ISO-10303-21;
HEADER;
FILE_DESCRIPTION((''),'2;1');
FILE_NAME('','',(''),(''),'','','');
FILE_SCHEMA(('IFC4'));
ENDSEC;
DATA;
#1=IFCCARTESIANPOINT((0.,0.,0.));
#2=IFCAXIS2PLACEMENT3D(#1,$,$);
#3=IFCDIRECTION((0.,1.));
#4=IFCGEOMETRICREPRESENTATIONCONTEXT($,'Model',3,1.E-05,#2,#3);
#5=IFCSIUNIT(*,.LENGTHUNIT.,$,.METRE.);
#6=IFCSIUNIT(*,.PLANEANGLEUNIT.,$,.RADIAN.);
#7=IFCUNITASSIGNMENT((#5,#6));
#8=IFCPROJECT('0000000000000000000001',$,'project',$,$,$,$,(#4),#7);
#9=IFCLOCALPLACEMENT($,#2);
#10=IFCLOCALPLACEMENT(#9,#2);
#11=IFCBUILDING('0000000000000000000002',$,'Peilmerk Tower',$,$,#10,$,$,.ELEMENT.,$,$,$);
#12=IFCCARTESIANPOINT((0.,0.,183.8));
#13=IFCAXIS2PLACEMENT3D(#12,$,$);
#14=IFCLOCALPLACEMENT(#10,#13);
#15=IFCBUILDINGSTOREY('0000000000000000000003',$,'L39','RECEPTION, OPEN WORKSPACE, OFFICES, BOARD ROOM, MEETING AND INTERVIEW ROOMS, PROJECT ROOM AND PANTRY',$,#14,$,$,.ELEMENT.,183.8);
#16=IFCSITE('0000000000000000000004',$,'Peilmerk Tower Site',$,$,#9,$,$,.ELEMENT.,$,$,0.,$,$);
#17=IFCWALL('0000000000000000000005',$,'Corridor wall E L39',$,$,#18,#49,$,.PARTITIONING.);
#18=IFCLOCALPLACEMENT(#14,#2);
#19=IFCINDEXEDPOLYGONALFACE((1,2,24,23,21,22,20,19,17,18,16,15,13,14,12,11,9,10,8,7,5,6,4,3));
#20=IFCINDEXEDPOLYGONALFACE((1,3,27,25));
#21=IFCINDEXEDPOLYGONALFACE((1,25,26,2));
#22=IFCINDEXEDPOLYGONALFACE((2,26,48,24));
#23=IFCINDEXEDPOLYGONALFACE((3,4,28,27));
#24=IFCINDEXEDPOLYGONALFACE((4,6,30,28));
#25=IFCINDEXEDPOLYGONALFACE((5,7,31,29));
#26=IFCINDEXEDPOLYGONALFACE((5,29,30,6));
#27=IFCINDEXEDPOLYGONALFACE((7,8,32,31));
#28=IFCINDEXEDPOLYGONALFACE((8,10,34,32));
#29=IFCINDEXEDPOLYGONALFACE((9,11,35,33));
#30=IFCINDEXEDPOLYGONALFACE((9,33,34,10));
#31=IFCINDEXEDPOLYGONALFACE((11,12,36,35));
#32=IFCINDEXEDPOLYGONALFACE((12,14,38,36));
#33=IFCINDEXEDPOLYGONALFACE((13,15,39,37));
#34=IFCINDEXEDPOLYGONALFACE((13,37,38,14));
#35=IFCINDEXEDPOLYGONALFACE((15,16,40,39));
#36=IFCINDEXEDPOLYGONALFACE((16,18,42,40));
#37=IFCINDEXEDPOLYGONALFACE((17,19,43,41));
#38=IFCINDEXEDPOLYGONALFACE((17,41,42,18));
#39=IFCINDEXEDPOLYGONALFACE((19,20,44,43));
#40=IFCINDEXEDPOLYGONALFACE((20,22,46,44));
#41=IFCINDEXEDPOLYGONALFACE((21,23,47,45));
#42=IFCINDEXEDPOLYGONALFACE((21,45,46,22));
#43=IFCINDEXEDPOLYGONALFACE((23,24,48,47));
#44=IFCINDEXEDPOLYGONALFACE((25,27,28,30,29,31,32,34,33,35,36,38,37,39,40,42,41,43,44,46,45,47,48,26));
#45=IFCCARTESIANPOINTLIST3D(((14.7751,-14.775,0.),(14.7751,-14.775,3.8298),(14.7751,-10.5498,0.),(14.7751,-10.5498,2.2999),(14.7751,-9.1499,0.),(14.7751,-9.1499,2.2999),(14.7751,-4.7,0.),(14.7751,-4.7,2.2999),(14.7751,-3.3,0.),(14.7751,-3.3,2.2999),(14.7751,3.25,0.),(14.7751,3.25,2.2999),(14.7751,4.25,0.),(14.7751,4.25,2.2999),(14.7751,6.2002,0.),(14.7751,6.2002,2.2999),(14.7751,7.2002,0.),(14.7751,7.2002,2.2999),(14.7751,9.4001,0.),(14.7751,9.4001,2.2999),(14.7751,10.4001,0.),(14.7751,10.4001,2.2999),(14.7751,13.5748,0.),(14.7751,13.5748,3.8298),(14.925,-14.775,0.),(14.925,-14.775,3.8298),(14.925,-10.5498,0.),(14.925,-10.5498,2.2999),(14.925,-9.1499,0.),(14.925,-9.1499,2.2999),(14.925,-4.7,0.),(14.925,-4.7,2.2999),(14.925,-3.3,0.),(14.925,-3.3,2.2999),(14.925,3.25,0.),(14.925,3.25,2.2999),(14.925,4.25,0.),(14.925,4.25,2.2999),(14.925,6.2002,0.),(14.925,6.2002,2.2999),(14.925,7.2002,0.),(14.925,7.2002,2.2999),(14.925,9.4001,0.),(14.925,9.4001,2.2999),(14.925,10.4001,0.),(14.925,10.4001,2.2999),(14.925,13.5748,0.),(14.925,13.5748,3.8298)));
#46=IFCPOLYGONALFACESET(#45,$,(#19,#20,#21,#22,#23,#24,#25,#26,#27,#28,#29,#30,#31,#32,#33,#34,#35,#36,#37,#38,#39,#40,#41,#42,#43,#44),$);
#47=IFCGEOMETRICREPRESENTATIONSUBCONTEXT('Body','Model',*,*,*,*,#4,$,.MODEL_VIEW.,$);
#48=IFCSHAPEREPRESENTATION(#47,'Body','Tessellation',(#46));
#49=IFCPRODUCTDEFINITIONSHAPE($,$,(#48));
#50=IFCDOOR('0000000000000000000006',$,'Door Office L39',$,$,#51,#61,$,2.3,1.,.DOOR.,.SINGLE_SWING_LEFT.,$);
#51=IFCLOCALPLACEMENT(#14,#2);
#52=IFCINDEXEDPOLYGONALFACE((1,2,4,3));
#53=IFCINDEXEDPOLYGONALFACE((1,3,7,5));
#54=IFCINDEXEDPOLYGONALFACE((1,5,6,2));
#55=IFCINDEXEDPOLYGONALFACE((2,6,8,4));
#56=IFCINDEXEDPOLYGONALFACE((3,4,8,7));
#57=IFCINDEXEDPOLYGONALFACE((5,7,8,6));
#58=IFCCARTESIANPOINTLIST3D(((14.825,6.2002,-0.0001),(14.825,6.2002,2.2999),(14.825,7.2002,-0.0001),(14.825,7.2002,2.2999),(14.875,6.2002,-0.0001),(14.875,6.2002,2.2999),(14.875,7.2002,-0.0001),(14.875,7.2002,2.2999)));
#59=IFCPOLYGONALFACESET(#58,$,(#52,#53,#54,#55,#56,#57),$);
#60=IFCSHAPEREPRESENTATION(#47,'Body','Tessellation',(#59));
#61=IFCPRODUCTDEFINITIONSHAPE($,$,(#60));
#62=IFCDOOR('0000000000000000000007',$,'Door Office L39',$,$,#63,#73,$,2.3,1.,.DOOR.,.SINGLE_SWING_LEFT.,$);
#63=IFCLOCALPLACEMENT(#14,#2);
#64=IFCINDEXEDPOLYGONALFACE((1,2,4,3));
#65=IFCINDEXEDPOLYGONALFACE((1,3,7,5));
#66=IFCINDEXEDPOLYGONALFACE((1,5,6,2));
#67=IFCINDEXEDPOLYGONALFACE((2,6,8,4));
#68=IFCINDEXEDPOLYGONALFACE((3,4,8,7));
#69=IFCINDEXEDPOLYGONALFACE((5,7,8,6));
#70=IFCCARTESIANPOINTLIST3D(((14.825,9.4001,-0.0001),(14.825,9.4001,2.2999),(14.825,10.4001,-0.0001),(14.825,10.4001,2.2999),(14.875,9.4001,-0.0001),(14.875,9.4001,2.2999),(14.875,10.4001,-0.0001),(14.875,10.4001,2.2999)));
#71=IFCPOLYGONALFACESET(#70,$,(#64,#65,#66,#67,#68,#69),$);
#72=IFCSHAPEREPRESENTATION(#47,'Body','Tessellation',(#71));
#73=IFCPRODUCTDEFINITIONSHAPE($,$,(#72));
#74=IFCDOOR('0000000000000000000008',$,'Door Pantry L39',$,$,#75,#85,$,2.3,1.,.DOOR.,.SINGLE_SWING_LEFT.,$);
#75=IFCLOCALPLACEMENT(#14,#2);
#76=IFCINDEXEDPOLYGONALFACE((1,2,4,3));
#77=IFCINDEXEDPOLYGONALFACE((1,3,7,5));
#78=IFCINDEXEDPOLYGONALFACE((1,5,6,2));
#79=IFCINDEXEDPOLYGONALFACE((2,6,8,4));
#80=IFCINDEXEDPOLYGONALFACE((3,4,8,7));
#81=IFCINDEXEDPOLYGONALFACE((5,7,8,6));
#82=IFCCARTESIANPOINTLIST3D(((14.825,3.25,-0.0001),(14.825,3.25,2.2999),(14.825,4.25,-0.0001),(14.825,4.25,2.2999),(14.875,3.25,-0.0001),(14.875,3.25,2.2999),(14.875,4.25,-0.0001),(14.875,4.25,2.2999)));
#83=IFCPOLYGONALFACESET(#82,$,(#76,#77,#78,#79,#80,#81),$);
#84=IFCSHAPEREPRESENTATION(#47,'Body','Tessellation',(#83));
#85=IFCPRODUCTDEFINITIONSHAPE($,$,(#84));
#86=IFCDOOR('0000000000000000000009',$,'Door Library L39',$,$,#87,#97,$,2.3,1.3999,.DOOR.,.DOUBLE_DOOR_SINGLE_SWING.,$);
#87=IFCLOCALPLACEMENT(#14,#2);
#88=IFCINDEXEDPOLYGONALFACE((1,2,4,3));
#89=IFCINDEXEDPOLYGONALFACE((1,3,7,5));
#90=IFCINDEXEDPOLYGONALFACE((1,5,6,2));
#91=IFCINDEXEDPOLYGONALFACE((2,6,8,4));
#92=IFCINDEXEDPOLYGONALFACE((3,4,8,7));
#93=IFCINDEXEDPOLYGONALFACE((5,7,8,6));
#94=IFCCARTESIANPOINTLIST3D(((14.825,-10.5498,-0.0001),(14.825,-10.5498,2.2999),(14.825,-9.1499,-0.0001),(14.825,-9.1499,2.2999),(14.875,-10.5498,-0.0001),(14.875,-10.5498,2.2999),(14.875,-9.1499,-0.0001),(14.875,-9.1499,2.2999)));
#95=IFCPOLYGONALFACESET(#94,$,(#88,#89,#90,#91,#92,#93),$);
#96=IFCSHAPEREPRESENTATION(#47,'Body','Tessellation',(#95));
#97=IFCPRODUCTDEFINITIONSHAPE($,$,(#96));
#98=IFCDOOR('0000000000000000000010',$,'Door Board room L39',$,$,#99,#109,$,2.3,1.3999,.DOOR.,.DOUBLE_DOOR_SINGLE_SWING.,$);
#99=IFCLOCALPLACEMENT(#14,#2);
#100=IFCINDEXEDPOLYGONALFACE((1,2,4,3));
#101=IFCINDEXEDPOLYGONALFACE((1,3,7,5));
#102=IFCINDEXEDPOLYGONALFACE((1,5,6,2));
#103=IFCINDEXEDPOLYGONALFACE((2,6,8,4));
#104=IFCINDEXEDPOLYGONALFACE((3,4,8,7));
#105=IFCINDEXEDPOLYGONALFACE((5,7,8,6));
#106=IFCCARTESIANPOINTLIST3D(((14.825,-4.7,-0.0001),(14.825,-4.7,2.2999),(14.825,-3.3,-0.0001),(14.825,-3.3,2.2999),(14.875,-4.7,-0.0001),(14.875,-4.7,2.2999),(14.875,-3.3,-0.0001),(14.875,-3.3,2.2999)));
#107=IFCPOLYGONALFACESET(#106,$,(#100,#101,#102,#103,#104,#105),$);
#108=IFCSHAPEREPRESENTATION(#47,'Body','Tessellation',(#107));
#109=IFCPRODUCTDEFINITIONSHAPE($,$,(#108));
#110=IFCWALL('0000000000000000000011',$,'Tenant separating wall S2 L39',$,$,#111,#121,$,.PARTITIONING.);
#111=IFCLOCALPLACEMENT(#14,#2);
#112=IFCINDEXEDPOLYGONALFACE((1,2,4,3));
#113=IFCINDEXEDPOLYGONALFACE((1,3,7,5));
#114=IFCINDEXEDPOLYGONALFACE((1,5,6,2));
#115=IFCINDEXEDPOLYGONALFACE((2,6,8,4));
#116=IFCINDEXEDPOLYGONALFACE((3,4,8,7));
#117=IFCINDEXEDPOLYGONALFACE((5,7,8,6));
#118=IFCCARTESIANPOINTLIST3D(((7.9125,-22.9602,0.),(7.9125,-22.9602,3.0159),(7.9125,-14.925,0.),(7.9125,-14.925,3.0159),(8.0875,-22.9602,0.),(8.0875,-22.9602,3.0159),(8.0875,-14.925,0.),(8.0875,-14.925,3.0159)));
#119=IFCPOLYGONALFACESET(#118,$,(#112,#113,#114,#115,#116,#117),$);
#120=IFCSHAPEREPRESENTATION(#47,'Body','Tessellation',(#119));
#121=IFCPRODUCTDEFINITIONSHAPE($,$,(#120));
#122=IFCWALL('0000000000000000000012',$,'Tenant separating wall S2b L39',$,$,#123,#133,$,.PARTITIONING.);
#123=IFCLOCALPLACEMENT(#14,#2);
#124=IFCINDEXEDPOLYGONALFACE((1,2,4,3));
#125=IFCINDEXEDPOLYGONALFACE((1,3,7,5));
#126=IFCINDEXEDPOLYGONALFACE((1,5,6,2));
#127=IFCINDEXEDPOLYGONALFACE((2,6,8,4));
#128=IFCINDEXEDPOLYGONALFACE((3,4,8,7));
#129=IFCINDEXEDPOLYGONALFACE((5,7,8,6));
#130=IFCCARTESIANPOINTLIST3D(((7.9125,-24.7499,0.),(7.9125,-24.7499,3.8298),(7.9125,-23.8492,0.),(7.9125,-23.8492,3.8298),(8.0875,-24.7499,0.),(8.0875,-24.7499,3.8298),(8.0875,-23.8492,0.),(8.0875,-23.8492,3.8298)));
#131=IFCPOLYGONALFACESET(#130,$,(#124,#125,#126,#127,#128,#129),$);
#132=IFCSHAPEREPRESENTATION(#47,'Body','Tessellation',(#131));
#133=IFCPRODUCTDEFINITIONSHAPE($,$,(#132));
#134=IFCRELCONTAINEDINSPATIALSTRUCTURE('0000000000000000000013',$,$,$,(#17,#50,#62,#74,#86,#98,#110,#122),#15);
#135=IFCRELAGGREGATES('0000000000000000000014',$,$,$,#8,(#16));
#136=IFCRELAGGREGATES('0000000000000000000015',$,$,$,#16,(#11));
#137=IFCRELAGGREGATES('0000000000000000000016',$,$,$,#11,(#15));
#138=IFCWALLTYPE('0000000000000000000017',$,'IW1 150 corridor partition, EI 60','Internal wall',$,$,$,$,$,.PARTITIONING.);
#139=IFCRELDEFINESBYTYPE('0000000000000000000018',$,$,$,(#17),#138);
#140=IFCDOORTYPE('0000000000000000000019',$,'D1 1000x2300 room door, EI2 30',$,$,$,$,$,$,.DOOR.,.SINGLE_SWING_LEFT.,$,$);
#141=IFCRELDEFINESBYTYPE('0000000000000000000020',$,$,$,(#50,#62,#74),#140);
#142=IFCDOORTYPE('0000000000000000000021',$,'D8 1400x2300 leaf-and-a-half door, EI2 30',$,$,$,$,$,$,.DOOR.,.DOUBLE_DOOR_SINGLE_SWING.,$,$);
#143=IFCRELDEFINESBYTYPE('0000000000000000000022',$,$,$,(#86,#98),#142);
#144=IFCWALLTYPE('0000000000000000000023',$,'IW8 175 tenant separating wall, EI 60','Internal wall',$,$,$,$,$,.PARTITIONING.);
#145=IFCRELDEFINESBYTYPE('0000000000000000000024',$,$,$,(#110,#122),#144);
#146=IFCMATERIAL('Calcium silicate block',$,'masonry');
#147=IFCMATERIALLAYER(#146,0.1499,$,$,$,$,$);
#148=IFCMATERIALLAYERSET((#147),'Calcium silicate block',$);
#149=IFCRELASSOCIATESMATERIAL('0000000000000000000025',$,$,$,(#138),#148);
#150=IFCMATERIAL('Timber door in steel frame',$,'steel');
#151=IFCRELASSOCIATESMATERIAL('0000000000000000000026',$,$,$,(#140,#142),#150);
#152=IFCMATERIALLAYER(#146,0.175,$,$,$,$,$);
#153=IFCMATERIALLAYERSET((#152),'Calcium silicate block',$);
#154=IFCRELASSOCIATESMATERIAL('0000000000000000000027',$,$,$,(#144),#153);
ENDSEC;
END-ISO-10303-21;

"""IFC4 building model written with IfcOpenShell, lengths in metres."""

from ifc_helpers import new_model, si_unit, direction, frame, frame_2d, origin, place, context, subcontext, project, spatial, rectangle, extrude, material, layer, layer_set, type_object, element, fill, save


model = new_model("IFC4")

# Units and contexts
model_context = context("Model", 3, precision=1e-05, world=origin(), true_north=direction((0.0, 1.0)))
body_context = subcontext(model_context, "Body", "Model", "MODEL_VIEW")
ifc_project = project(units=[si_unit("LENGTHUNIT", "METRE"), si_unit("PLANEANGLEUNIT", "RADIAN")], contexts=[model_context])

# Site, building, storey
site_placement = place(None, origin())
site = spatial("IfcSite", under=ifc_project, at=site_placement, Name="Peilmerk Tower Site", CompositionType="ELEMENT", RefElevation=0.0)
building_placement = place(site_placement, origin())
building = spatial("IfcBuilding", under=site, at=building_placement, Name="Peilmerk Tower", CompositionType="ELEMENT")
storey_placement = place(building_placement, frame((0.0, 0.0, 183.8)))
storey = spatial("IfcBuildingStorey", under=building, at=storey_placement, Name="L39", Description="RECEPTION, OPEN WORKSPACE, OFFICES, BOARD ROOM, MEETING AND INTERVIEW ROOMS, PROJECT ROOM AND PANTRY", CompositionType="ELEMENT", Elevation=183.8)

# Wall, openings, doors
ifc_material_1 = material(Name="Calcium silicate block", Category="masonry")
ifc_layer_1 = layer(ifc_material_1, 0.1499)
ifc_layer_set_1 = layer_set([ifc_layer_1], Name="Calcium silicate block")
wall_type_1 = type_object("IfcWallType", Name="IW1 150 corridor partition, EI 60", Description="Internal wall", PredefinedType="PARTITIONING", material=ifc_layer_set_1)
ifc_material_2 = material(Name="Timber door in steel frame", Category="steel")
door_type_1 = type_object("IfcDoorType", Name="D1 1000x2300 room door, EI2 30", OperationType="SINGLE_SWING_LEFT", PredefinedType="DOOR", material=ifc_material_2)
wall_1_placement = place(storey_placement, frame((14.8501, -14.7749, 0.0), z_axis=(0.0, 0.0, 1.0), x_axis=(0.0, 1.0, 0.0)))
wall_1 = element("IfcWall", 1, at=wall_1_placement, inside=storey, type_object=wall_type_1, Name="Corridor wall E L39", PredefinedType="PARTITIONING", context=body_context, shape_type="SweptSolid", body=[
    extrude(rectangle(XDim=28.3499, YDim=0.1499, at=frame_2d((14.1748, 0.0))), origin(), (0.0, 0.0, 1.0), 3.8298),
])
opening_1_placement = place(wall_1_placement, frame((4.2251, 0.0, 0.0)))
opening_1 = element("IfcOpeningElement", 2, at=opening_1_placement, cuts=wall_1, PredefinedType="OPENING", context=body_context, shape_type="SweptSolid", body=[
    extrude(rectangle(XDim=1.3999, YDim=2.3, at=frame_2d((0.7, 1.1499))), frame((0.0, 0.085, 0.0), z_axis=(0.0, -1.0, 0.0), x_axis=(1.0, 0.0, 0.0)), (0.0, 0.0, 1.0), 0.1699),
])
opening_2_placement = place(wall_1_placement, frame((20.9751, 0.0, 0.0)))
opening_2 = element("IfcOpeningElement", 3, at=opening_2_placement, cuts=wall_1, PredefinedType="OPENING", context=body_context, shape_type="SweptSolid", body=[
    extrude(rectangle(XDim=1.0, YDim=2.3, at=frame_2d((0.5, 1.1499))), frame((0.0, 0.085, 0.0), z_axis=(0.0, -1.0, 0.0), x_axis=(1.0, 0.0, 0.0)), (0.0, 0.0, 1.0), 0.1699),
])
opening_3_placement = place(wall_1_placement, frame((24.175, 0.0, 0.0)))
opening_3 = element("IfcOpeningElement", 4, at=opening_3_placement, cuts=wall_1, PredefinedType="OPENING", context=body_context, shape_type="SweptSolid", body=[
    extrude(rectangle(XDim=1.0, YDim=2.3, at=frame_2d((0.5, 1.1499))), frame((0.0, 0.085, 0.0), z_axis=(0.0, -1.0, 0.0), x_axis=(1.0, 0.0, 0.0)), (0.0, 0.0, 1.0), 0.1699),
])
opening_4_placement = place(wall_1_placement, frame((10.075, 0.0, 0.0)))
opening_4 = element("IfcOpeningElement", 5, at=opening_4_placement, cuts=wall_1, PredefinedType="OPENING", context=body_context, shape_type="SweptSolid", body=[
    extrude(rectangle(XDim=1.3999, YDim=2.3, at=frame_2d((0.7, 1.1499))), frame((0.0, 0.085, 0.0), z_axis=(0.0, -1.0, 0.0), x_axis=(1.0, 0.0, 0.0)), (0.0, 0.0, 1.0), 0.1699),
])
opening_5_placement = place(wall_1_placement, frame((18.0249, 0.0, 0.0)))
opening_5 = element("IfcOpeningElement", 6, at=opening_5_placement, cuts=wall_1, PredefinedType="OPENING", context=body_context, shape_type="SweptSolid", body=[
    extrude(rectangle(XDim=1.0, YDim=2.3, at=frame_2d((0.5, 1.1499))), frame((0.0, 0.085, 0.0), z_axis=(0.0, -1.0, 0.0), x_axis=(1.0, 0.0, 0.0)), (0.0, 0.0, 1.0), 0.1699),
])
door_1_placement = place(opening_2_placement, frame((1.0, 0.0, 0.0), z_axis=(0.0, 0.0, 1.0), x_axis=(-1.0, 0.0, 0.0)))
door_1 = element("IfcDoor", 7, at=door_1_placement, inside=storey, type_object=door_type_1, Name="Door Office L39", OperationType="SINGLE_SWING_LEFT", OverallHeight=2.3, OverallWidth=1.0, PredefinedType="DOOR", context=body_context, shape_type="SweptSolid", body=[
    extrude(rectangle(XDim=1.0, YDim=2.3, at=frame_2d((0.5, 1.1499))), frame((0.0, 0.0249, 0.0), z_axis=(0.0, -1.0, 0.0), x_axis=(1.0, 0.0, 0.0)), (0.0, 0.0, 1.0), 0.05),
])
fill(opening_2, door_1)
door_2_placement = place(opening_3_placement, frame((1.0, 0.0, 0.0), z_axis=(0.0, 0.0, 1.0), x_axis=(-1.0, 0.0, 0.0)))
door_2 = element("IfcDoor", 8, at=door_2_placement, inside=storey, type_object=door_type_1, Name="Door Office L39", OperationType="SINGLE_SWING_LEFT", OverallHeight=2.3, OverallWidth=1.0, PredefinedType="DOOR", context=body_context, shape_type="SweptSolid", body=[
    extrude(rectangle(XDim=1.0, YDim=2.3, at=frame_2d((0.5, 1.1499))), frame((0.0, 0.0249, 0.0), z_axis=(0.0, -1.0, 0.0), x_axis=(1.0, 0.0, 0.0)), (0.0, 0.0, 1.0), 0.05),
])
fill(opening_3, door_2)
door_3_placement = place(opening_5_placement, frame((1.0, 0.0, 0.0), z_axis=(0.0, 0.0, 1.0), x_axis=(-1.0, 0.0, 0.0)))
door_3 = element("IfcDoor", 9, at=door_3_placement, inside=storey, type_object=door_type_1, Name="Door Pantry L39", OperationType="SINGLE_SWING_LEFT", OverallHeight=2.3, OverallWidth=1.0, PredefinedType="DOOR", context=body_context, shape_type="SweptSolid", body=[
    extrude(rectangle(XDim=1.0, YDim=2.3, at=frame_2d((0.5, 1.1499))), frame((0.0, 0.0249, 0.0), z_axis=(0.0, -1.0, 0.0), x_axis=(1.0, 0.0, 0.0)), (0.0, 0.0, 1.0), 0.05),
])
fill(opening_5, door_3)
door_type_2 = type_object("IfcDoorType", Name="D8 1400x2300 leaf-and-a-half door, EI2 30", OperationType="DOUBLE_DOOR_SINGLE_SWING", PredefinedType="DOOR", material=ifc_material_2)
door_4_placement = place(opening_1_placement, frame((1.3999, 0.0, 0.0), z_axis=(0.0, 0.0, 1.0), x_axis=(-1.0, 0.0, 0.0)))
door_4 = element("IfcDoor", 10, at=door_4_placement, inside=storey, type_object=door_type_2, Name="Door Library L39", OperationType="DOUBLE_DOOR_SINGLE_SWING", OverallHeight=2.3, OverallWidth=1.3999, PredefinedType="DOOR", context=body_context, shape_type="SweptSolid", body=[
    extrude(rectangle(XDim=1.3999, YDim=2.3, at=frame_2d((0.7, 1.1499))), frame((0.0, 0.0249, 0.0), z_axis=(0.0, -1.0, 0.0), x_axis=(1.0, 0.0, 0.0)), (0.0, 0.0, 1.0), 0.05),
])
fill(opening_1, door_4)
door_5_placement = place(opening_4_placement, frame((1.3999, 0.0, 0.0), z_axis=(0.0, 0.0, 1.0), x_axis=(-1.0, 0.0, 0.0)))
door_5 = element("IfcDoor", 11, at=door_5_placement, inside=storey, type_object=door_type_2, Name="Door Board room L39", OperationType="DOUBLE_DOOR_SINGLE_SWING", OverallHeight=2.3, OverallWidth=1.3999, PredefinedType="DOOR", context=body_context, shape_type="SweptSolid", body=[
    extrude(rectangle(XDim=1.3999, YDim=2.3, at=frame_2d((0.7, 1.1499))), frame((0.0, 0.0249, 0.0), z_axis=(0.0, -1.0, 0.0), x_axis=(1.0, 0.0, 0.0)), (0.0, 0.0, 1.0), 0.05),
])
fill(opening_4, door_5)

# Walls
ifc_layer_2 = layer(ifc_material_1, 0.175)
ifc_layer_set_2 = layer_set([ifc_layer_2], Name="Calcium silicate block")
wall_type_2 = type_object("IfcWallType", Name="IW8 175 tenant separating wall, EI 60", Description="Internal wall", PredefinedType="PARTITIONING", material=ifc_layer_set_2)
wall_2_placement = place(storey_placement, frame((8.0, -14.925, 0.0), z_axis=(0.0, 0.0, 1.0), x_axis=(0.0, -1.0, 0.0)))
element("IfcWall", 12, at=wall_2_placement, inside=storey, type_object=wall_type_2, Name="Tenant separating wall S2 L39", PredefinedType="PARTITIONING", context=body_context, shape_type="SweptSolid", body=[
    extrude(rectangle(XDim=8.0352, YDim=0.175, at=frame_2d((4.0176, 0.0))), origin(), (0.0, 0.0, 1.0), 3.0159),
])
wall_3_placement = place(storey_placement, frame((8.0, -23.8494, 0.0), z_axis=(0.0, 0.0, 1.0), x_axis=(0.0, -1.0, 0.0)))
element("IfcWall", 13, at=wall_3_placement, inside=storey, type_object=wall_type_2, Name="Tenant separating wall S2b L39", PredefinedType="PARTITIONING", context=body_context, shape_type="SweptSolid", body=[
    extrude(rectangle(XDim=0.9006, YDim=0.175, at=frame_2d((0.4502, 0.0))), origin(), (0.0, 0.0, 1.0), 3.8298),
])

save(model, "model.ifc")
